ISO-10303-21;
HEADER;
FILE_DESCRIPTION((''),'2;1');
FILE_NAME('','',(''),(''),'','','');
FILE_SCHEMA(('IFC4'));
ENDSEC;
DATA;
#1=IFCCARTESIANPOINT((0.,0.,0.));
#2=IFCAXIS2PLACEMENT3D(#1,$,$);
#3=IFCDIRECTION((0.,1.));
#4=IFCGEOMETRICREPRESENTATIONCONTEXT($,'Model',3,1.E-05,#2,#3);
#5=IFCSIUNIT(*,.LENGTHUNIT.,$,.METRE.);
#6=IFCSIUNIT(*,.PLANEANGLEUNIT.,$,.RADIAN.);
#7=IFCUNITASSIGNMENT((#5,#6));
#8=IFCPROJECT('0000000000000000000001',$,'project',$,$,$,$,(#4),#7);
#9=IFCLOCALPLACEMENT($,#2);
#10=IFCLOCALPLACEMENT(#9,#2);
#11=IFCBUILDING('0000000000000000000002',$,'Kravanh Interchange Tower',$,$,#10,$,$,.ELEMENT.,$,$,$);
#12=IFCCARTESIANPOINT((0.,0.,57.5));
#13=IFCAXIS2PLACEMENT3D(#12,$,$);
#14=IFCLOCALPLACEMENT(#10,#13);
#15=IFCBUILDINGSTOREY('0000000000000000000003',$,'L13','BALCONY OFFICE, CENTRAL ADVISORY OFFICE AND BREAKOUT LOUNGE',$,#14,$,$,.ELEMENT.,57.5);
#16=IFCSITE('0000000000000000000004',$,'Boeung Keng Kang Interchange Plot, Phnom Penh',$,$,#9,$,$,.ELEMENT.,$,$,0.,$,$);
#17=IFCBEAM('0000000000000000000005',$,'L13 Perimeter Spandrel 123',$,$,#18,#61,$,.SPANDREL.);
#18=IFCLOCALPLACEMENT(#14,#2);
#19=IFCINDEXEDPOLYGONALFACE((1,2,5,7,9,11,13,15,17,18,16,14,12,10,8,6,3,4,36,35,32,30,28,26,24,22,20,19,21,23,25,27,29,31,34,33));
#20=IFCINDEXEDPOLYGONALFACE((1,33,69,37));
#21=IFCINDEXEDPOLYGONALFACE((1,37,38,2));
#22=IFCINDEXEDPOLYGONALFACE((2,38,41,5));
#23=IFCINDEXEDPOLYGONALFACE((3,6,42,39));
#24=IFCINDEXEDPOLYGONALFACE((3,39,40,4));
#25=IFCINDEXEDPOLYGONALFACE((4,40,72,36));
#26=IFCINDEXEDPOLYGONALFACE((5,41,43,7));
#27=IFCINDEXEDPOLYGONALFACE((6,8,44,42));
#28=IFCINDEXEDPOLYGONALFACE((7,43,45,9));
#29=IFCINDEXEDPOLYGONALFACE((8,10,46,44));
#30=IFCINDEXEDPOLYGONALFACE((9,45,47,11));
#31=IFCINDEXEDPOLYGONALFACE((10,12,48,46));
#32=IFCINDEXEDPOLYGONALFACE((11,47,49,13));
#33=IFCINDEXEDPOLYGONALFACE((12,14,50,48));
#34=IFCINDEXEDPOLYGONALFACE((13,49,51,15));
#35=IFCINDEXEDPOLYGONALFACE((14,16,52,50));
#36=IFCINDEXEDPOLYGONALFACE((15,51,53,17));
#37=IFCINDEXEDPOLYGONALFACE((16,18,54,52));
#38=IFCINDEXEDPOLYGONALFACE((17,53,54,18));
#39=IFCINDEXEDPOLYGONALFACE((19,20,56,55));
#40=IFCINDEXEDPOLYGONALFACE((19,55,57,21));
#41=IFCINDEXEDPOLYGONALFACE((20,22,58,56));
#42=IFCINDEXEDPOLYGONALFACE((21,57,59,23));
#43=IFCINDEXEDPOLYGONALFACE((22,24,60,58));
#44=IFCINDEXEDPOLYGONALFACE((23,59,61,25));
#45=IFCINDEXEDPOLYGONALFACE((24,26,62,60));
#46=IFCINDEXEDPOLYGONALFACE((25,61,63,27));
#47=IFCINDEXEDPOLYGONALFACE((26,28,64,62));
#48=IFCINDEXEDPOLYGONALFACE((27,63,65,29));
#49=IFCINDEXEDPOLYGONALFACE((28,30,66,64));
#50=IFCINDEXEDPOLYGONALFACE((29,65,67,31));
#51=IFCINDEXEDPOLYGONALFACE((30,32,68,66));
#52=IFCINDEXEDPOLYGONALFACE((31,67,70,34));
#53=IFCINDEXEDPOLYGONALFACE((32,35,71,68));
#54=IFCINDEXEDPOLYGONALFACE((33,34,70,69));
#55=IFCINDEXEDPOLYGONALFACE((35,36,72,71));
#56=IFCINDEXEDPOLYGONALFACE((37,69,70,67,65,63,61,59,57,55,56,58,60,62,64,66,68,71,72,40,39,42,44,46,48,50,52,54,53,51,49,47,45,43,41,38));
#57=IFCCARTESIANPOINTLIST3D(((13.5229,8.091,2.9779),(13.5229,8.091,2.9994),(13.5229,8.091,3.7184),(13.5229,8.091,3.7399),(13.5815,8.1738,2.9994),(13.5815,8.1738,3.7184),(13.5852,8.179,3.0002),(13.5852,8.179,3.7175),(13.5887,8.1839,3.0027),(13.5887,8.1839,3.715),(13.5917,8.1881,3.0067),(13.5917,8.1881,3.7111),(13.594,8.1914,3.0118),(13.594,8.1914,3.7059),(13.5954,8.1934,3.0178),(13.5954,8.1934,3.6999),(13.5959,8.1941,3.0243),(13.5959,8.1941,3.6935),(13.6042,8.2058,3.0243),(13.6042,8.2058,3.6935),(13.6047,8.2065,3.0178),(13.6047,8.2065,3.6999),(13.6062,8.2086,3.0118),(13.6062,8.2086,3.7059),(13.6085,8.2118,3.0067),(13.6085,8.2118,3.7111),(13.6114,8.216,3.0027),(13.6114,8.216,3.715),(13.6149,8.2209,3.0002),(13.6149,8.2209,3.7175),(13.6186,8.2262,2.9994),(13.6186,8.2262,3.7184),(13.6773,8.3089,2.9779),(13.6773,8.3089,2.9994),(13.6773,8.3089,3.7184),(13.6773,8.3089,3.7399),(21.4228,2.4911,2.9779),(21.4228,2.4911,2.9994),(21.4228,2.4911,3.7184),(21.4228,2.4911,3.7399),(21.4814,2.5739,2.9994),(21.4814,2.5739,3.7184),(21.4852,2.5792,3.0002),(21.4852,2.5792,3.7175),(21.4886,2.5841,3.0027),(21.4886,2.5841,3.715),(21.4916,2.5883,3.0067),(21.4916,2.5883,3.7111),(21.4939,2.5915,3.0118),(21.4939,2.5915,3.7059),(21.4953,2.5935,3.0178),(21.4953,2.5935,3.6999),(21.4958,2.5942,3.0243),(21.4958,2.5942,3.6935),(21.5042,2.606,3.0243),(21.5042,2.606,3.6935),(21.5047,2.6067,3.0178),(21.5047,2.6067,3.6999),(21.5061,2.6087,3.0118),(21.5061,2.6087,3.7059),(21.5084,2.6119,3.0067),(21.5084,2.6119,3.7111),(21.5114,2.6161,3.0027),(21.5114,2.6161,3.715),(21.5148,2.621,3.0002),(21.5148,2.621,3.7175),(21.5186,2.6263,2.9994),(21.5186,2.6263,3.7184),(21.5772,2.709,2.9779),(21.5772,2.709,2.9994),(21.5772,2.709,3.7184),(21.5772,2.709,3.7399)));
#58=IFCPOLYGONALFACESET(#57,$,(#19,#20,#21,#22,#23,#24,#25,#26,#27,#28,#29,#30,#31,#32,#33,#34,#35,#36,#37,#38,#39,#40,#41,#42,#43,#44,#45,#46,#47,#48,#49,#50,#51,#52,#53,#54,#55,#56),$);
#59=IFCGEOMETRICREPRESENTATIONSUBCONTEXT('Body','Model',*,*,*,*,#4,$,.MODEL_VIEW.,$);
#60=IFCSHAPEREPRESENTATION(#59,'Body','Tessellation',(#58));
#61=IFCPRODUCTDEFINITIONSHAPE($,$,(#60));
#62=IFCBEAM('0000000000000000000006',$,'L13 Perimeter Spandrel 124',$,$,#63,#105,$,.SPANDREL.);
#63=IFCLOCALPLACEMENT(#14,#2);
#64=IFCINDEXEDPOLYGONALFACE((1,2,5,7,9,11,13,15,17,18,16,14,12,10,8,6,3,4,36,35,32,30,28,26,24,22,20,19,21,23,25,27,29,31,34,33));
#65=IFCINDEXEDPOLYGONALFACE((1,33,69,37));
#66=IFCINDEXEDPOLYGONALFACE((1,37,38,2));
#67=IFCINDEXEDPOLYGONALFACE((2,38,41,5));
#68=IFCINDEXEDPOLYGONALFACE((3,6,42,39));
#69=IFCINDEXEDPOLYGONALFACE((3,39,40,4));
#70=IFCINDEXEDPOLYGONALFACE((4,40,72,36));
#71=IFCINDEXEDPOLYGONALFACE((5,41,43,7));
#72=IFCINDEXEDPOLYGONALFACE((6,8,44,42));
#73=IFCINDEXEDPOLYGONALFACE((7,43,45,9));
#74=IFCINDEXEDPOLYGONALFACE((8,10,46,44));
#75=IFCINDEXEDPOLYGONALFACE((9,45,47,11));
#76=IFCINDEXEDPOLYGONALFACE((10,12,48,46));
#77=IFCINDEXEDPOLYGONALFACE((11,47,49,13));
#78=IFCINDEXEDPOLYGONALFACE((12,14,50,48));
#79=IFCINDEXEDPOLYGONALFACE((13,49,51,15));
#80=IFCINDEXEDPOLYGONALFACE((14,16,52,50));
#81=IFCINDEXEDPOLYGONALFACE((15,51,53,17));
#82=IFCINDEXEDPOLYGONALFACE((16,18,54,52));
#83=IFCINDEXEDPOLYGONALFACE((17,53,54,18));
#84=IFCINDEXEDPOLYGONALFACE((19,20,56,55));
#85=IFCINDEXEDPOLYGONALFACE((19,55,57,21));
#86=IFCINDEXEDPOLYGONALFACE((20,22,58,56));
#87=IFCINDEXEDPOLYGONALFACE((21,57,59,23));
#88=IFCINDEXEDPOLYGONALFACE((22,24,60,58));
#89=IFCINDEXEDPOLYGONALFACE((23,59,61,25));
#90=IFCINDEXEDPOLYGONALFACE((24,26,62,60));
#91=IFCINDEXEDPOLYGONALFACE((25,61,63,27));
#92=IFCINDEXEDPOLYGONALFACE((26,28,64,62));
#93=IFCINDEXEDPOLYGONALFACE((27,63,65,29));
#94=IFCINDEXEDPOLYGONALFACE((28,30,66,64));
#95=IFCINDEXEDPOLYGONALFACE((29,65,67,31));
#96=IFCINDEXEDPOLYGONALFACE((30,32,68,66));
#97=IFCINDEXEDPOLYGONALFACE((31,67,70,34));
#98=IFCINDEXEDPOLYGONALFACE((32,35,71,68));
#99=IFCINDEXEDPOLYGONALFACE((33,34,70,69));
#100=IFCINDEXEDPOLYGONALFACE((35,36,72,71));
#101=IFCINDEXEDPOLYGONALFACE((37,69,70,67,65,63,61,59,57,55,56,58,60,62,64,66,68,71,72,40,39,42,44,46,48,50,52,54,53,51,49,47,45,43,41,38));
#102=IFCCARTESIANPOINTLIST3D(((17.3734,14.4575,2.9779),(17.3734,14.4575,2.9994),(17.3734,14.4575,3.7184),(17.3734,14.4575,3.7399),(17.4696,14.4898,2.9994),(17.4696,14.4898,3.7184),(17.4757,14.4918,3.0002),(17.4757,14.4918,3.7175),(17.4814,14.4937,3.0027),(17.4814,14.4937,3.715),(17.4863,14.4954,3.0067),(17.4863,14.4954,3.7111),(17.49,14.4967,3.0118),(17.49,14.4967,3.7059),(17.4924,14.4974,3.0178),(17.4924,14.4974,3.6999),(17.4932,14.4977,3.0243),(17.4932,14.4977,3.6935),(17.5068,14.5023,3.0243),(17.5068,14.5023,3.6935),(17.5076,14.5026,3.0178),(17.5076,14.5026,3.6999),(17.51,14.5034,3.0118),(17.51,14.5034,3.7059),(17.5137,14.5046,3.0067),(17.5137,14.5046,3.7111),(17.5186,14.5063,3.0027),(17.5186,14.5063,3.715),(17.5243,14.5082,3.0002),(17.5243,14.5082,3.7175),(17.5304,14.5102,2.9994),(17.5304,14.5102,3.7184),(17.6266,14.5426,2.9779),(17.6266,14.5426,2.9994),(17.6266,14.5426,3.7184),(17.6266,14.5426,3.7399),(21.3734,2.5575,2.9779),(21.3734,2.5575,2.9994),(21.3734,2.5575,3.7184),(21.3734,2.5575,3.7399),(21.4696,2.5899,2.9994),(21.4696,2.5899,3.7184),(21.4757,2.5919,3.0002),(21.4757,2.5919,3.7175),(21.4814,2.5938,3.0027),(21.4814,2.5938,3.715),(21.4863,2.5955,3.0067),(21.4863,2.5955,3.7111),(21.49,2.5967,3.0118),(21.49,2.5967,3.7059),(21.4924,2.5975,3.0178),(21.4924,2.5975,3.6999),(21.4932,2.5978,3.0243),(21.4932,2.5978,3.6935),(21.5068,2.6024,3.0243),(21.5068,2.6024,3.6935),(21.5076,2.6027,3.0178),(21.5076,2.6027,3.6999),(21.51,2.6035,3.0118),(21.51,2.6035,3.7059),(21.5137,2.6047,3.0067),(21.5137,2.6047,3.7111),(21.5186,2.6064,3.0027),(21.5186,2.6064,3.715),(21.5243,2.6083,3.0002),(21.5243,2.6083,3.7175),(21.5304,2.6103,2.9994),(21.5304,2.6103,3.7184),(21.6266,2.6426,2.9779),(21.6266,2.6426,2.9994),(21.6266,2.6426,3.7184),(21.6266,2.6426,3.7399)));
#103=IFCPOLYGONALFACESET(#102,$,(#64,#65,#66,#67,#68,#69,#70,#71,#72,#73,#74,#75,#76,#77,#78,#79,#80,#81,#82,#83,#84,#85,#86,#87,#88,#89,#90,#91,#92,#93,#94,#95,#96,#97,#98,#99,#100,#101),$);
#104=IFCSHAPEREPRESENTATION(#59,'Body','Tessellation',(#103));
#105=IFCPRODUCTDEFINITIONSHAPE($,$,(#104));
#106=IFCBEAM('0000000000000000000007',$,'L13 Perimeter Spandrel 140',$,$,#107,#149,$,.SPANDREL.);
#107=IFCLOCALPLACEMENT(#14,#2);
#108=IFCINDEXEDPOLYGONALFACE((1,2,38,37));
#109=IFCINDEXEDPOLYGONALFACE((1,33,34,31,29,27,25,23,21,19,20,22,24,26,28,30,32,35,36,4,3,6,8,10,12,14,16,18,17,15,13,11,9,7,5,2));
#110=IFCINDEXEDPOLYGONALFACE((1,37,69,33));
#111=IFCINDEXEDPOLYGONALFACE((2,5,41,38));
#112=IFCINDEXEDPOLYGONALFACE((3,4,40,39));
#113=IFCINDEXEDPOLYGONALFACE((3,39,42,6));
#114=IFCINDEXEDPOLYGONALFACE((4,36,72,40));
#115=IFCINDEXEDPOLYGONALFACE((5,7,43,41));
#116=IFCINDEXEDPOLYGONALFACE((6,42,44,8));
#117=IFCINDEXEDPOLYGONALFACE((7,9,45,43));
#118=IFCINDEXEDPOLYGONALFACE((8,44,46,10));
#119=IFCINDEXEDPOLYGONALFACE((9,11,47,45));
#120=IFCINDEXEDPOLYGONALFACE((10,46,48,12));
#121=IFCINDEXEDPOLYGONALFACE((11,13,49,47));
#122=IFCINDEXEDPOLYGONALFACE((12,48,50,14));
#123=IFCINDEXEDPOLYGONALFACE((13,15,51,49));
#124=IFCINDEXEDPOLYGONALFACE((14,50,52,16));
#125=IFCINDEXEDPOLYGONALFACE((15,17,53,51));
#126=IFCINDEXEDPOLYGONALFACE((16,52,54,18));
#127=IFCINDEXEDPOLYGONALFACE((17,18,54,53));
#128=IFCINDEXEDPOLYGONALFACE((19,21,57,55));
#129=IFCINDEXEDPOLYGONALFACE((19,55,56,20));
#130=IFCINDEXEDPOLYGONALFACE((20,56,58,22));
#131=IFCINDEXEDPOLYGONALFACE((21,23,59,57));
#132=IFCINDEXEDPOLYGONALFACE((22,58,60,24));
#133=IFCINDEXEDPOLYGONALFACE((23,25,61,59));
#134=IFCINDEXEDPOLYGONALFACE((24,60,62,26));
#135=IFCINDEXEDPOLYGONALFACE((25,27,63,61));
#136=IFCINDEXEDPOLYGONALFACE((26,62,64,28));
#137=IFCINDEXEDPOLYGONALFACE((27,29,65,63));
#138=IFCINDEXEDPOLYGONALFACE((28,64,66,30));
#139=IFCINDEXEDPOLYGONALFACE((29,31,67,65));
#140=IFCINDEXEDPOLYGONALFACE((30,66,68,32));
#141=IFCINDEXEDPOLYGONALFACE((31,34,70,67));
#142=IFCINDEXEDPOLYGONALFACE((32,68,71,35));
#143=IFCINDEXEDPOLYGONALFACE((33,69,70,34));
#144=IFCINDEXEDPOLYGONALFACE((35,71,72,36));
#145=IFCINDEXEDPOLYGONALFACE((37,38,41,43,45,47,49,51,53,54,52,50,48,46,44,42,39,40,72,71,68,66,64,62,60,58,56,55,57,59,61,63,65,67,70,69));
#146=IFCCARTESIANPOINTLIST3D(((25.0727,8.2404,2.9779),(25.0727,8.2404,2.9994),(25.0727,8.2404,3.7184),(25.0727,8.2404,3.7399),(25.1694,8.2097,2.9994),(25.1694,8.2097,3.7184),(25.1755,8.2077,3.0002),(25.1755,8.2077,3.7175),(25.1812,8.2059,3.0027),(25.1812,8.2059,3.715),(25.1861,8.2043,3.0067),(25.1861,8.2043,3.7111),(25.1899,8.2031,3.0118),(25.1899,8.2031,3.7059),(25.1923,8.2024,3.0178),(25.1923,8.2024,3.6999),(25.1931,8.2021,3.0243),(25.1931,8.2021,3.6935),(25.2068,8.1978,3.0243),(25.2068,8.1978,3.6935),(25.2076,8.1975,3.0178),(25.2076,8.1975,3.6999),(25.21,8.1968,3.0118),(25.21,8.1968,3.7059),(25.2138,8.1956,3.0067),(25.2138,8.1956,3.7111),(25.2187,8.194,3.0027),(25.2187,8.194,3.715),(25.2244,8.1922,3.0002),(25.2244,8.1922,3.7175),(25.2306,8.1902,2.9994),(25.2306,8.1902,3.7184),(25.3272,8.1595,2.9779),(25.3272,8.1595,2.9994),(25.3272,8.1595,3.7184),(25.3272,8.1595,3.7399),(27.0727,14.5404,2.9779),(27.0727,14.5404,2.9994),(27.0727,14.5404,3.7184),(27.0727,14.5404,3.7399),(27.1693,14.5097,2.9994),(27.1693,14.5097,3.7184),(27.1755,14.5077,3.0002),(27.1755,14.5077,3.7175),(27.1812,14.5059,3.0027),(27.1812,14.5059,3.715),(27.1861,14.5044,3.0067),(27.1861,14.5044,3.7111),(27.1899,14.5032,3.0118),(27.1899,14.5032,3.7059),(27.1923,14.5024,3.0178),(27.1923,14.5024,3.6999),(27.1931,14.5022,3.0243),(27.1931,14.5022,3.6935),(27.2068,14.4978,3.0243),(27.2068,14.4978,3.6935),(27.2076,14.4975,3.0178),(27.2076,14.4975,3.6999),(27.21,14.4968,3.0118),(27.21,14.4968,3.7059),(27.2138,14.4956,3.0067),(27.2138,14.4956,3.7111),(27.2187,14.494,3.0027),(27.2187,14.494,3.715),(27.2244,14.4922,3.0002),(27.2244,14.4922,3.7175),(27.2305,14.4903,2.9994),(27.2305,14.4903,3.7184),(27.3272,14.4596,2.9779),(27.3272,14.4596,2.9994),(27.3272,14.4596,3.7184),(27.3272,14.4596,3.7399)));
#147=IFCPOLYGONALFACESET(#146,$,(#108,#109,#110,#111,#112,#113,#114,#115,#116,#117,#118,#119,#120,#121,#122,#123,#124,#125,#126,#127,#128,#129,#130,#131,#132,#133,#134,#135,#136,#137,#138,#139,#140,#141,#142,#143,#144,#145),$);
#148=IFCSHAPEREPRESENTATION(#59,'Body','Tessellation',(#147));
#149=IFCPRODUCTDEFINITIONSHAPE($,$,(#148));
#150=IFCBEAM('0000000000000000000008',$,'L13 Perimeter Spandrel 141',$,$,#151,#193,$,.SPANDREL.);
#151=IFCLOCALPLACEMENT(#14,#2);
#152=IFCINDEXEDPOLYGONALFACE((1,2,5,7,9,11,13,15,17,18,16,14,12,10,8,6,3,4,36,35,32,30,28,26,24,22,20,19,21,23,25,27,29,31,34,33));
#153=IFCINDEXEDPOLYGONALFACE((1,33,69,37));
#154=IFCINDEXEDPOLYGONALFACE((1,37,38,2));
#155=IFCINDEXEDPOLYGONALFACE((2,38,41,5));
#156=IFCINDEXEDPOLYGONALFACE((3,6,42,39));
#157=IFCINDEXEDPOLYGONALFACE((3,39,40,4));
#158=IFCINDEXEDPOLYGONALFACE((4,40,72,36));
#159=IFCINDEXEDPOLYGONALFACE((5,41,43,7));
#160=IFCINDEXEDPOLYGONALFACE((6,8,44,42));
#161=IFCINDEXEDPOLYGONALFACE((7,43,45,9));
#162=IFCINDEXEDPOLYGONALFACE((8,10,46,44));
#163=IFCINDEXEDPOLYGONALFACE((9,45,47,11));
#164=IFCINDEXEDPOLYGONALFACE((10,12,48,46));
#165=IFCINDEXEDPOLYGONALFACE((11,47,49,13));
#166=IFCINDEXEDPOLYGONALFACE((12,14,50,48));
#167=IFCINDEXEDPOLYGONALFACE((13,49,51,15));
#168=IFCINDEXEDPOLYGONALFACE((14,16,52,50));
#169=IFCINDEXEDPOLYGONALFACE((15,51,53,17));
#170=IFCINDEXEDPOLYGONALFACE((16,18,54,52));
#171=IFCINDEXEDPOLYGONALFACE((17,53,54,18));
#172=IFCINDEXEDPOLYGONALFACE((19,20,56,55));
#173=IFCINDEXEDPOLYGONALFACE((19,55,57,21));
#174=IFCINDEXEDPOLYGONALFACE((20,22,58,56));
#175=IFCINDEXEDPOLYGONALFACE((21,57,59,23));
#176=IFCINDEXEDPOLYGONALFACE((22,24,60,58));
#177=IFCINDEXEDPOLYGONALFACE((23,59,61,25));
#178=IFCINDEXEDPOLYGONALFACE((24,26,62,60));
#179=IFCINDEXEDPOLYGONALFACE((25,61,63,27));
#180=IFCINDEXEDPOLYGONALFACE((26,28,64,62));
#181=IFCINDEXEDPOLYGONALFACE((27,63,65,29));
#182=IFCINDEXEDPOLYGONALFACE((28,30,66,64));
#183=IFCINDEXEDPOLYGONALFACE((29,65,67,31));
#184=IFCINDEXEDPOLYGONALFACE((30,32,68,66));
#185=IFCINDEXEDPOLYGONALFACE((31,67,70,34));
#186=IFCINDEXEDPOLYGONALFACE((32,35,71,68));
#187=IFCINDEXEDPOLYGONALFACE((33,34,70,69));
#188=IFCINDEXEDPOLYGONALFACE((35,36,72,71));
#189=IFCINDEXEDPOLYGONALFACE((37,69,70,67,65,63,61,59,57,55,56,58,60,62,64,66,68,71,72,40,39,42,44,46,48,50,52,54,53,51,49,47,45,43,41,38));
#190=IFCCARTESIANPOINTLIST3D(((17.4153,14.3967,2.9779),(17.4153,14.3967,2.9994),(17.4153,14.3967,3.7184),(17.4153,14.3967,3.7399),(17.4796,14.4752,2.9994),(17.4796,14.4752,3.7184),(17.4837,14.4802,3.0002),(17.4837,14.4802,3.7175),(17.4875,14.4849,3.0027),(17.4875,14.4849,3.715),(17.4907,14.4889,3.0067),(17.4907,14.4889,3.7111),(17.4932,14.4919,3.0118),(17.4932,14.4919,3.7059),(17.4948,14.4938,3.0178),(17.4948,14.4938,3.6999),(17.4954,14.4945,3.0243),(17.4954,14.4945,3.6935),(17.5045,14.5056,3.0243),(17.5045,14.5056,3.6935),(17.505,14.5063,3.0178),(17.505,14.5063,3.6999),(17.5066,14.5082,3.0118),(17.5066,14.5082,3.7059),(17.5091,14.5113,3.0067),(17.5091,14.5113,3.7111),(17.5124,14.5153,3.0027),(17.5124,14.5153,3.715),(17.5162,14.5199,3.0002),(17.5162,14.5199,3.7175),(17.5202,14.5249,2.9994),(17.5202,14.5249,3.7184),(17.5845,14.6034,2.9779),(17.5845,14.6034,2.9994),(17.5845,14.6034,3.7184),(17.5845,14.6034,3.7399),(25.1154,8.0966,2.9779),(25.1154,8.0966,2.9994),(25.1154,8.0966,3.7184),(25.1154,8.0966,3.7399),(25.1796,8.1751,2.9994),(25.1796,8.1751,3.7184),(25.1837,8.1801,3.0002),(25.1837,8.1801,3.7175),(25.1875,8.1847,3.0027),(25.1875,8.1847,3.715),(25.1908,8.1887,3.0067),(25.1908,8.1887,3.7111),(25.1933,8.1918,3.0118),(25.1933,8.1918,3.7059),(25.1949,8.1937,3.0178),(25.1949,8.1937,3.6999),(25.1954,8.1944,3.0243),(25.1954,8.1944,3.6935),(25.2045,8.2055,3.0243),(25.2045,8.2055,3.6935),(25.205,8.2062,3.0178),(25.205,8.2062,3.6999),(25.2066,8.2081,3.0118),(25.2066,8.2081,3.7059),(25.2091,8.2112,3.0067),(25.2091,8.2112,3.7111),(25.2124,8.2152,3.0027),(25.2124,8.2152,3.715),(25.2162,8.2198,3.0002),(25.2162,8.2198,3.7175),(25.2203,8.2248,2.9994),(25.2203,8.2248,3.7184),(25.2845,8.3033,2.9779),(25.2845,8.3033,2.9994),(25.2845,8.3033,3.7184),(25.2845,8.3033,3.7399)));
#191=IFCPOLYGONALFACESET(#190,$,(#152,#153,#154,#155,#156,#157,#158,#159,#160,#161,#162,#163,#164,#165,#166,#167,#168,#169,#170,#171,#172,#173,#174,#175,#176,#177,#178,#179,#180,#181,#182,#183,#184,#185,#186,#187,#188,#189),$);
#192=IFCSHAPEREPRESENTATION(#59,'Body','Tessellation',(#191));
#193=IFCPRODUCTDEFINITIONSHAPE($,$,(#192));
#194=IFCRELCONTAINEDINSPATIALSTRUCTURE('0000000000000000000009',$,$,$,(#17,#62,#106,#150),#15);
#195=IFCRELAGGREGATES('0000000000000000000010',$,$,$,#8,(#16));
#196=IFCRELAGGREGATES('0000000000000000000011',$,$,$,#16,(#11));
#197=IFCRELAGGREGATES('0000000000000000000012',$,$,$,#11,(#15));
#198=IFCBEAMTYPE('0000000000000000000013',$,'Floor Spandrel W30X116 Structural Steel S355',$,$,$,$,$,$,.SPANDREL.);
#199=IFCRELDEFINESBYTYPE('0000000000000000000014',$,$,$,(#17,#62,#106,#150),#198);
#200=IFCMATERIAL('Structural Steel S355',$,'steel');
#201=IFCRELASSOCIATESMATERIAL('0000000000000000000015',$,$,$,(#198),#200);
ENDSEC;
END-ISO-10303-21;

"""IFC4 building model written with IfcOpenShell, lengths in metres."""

from ifc_helpers import new_model, si_unit, direction, frame, origin, origin_2d, place, context, subcontext, project, spatial, i_section, extrude, material, material_profile, profile_set, type_object, element, save


model = new_model("IFC4")

# Units and contexts
model_context = context("Model", 3, precision=1e-05, world=origin(), true_north=direction((0.0, 1.0)))
body_context = subcontext(model_context, "Body", "Model", "MODEL_VIEW")
ifc_project = project(units=[si_unit("LENGTHUNIT", "METRE"), si_unit("PLANEANGLEUNIT", "RADIAN")], contexts=[model_context])

# Site, building, storey
site_placement = place(None, origin())
site = spatial("IfcSite", under=ifc_project, at=site_placement, Name="Boeung Keng Kang Interchange Plot, Phnom Penh", CompositionType="ELEMENT", RefElevation=0.0)
building_placement = place(site_placement, origin())
building = spatial("IfcBuilding", under=site, at=building_placement, Name="Kravanh Interchange Tower", CompositionType="ELEMENT")
storey_placement = place(building_placement, frame((0.0, 0.0, 57.5)))
storey = spatial("IfcBuildingStorey", under=building, at=storey_placement, Name="L13", Description="BALCONY OFFICE, CENTRAL ADVISORY OFFICE AND BREAKOUT LOUNGE", CompositionType="ELEMENT", Elevation=57.5)

# Beams
ifc_material_1 = material(Name="Structural Steel S355", Category="steel")
ifc_material_profile_1 = material_profile(ifc_material_1, i_section(OverallWidth=0.2671, OverallDepth=0.762, WebThickness=0.0144, FlangeThickness=0.0215, FilletRadius=0.0249, at=origin_2d()), Name="W30X116")
ifc_profile_set_1 = profile_set([ifc_material_profile_1], Name="Structural Steel S355")
beam_type_1 = type_object("IfcBeamType", Name="Floor Spandrel W30X116 Structural Steel S355", PredefinedType="SPANDREL", material=ifc_profile_set_1)
beam_1_placement = place(storey_placement, frame((21.5, 2.6001, 3.3589), z_axis=(-0.815825, 0.578299, 0.0), x_axis=(-0.578299, -0.815825, 0.0)))
element("IfcBeam", 1, at=beam_1_placement, inside=storey, type_object=beam_type_1, Name="L13 Perimeter Spandrel 123", PredefinedType="SPANDREL", context=body_context, shape_type="SweptSolid", body=[
    extrude(i_section(OverallWidth=0.2671, OverallDepth=0.762, WebThickness=0.0144, FlangeThickness=0.0215, FilletRadius=0.0249, at=origin_2d()), origin(), (0.0, 0.0, 1.0), 9.6833),
])
beam_2_placement = place(storey_placement, frame((21.5, 2.6001, 3.3589), z_axis=(-0.318619, 0.947883, 0.0), x_axis=(-0.947883, -0.318619, 0.0)))
element("IfcBeam", 2, at=beam_2_placement, inside=storey, type_object=beam_type_1, Name="L13 Perimeter Spandrel 124", PredefinedType="SPANDREL", context=body_context, shape_type="SweptSolid", body=[
    extrude(i_section(OverallWidth=0.2671, OverallDepth=0.762, WebThickness=0.0144, FlangeThickness=0.0215, FilletRadius=0.0249, at=origin_2d()), origin(), (0.0, 0.0, 1.0), 12.5542),
])
beam_3_placement = place(storey_placement, frame((25.2, 8.2, 3.3589), z_axis=(0.302577, 0.953125, 0.0), x_axis=(-0.953125, 0.302577, 0.0)))
element("IfcBeam", 3, at=beam_3_placement, inside=storey, type_object=beam_type_1, Name="L13 Perimeter Spandrel 140", PredefinedType="SPANDREL", context=body_context, shape_type="SweptSolid", body=[
    extrude(i_section(OverallWidth=0.2671, OverallDepth=0.762, WebThickness=0.0144, FlangeThickness=0.0215, FilletRadius=0.0249, at=origin_2d()), origin(), (0.0, 0.0, 1.0), 6.6099),
])
beam_4_placement = place(storey_placement, frame((25.2, 8.2, 3.3589), z_axis=(-0.773953, 0.633243, 0.0), x_axis=(-0.633243, -0.773953, 0.0)))
element("IfcBeam", 4, at=beam_4_placement, inside=storey, type_object=beam_type_1, Name="L13 Perimeter Spandrel 141", PredefinedType="SPANDREL", context=body_context, shape_type="SweptSolid", body=[
    extrude(i_section(OverallWidth=0.2671, OverallDepth=0.762, WebThickness=0.0144, FlangeThickness=0.0215, FilletRadius=0.0249, at=origin_2d()), origin(), (0.0, 0.0, 1.0), 9.949),
])

save(model, "model.ifc")
